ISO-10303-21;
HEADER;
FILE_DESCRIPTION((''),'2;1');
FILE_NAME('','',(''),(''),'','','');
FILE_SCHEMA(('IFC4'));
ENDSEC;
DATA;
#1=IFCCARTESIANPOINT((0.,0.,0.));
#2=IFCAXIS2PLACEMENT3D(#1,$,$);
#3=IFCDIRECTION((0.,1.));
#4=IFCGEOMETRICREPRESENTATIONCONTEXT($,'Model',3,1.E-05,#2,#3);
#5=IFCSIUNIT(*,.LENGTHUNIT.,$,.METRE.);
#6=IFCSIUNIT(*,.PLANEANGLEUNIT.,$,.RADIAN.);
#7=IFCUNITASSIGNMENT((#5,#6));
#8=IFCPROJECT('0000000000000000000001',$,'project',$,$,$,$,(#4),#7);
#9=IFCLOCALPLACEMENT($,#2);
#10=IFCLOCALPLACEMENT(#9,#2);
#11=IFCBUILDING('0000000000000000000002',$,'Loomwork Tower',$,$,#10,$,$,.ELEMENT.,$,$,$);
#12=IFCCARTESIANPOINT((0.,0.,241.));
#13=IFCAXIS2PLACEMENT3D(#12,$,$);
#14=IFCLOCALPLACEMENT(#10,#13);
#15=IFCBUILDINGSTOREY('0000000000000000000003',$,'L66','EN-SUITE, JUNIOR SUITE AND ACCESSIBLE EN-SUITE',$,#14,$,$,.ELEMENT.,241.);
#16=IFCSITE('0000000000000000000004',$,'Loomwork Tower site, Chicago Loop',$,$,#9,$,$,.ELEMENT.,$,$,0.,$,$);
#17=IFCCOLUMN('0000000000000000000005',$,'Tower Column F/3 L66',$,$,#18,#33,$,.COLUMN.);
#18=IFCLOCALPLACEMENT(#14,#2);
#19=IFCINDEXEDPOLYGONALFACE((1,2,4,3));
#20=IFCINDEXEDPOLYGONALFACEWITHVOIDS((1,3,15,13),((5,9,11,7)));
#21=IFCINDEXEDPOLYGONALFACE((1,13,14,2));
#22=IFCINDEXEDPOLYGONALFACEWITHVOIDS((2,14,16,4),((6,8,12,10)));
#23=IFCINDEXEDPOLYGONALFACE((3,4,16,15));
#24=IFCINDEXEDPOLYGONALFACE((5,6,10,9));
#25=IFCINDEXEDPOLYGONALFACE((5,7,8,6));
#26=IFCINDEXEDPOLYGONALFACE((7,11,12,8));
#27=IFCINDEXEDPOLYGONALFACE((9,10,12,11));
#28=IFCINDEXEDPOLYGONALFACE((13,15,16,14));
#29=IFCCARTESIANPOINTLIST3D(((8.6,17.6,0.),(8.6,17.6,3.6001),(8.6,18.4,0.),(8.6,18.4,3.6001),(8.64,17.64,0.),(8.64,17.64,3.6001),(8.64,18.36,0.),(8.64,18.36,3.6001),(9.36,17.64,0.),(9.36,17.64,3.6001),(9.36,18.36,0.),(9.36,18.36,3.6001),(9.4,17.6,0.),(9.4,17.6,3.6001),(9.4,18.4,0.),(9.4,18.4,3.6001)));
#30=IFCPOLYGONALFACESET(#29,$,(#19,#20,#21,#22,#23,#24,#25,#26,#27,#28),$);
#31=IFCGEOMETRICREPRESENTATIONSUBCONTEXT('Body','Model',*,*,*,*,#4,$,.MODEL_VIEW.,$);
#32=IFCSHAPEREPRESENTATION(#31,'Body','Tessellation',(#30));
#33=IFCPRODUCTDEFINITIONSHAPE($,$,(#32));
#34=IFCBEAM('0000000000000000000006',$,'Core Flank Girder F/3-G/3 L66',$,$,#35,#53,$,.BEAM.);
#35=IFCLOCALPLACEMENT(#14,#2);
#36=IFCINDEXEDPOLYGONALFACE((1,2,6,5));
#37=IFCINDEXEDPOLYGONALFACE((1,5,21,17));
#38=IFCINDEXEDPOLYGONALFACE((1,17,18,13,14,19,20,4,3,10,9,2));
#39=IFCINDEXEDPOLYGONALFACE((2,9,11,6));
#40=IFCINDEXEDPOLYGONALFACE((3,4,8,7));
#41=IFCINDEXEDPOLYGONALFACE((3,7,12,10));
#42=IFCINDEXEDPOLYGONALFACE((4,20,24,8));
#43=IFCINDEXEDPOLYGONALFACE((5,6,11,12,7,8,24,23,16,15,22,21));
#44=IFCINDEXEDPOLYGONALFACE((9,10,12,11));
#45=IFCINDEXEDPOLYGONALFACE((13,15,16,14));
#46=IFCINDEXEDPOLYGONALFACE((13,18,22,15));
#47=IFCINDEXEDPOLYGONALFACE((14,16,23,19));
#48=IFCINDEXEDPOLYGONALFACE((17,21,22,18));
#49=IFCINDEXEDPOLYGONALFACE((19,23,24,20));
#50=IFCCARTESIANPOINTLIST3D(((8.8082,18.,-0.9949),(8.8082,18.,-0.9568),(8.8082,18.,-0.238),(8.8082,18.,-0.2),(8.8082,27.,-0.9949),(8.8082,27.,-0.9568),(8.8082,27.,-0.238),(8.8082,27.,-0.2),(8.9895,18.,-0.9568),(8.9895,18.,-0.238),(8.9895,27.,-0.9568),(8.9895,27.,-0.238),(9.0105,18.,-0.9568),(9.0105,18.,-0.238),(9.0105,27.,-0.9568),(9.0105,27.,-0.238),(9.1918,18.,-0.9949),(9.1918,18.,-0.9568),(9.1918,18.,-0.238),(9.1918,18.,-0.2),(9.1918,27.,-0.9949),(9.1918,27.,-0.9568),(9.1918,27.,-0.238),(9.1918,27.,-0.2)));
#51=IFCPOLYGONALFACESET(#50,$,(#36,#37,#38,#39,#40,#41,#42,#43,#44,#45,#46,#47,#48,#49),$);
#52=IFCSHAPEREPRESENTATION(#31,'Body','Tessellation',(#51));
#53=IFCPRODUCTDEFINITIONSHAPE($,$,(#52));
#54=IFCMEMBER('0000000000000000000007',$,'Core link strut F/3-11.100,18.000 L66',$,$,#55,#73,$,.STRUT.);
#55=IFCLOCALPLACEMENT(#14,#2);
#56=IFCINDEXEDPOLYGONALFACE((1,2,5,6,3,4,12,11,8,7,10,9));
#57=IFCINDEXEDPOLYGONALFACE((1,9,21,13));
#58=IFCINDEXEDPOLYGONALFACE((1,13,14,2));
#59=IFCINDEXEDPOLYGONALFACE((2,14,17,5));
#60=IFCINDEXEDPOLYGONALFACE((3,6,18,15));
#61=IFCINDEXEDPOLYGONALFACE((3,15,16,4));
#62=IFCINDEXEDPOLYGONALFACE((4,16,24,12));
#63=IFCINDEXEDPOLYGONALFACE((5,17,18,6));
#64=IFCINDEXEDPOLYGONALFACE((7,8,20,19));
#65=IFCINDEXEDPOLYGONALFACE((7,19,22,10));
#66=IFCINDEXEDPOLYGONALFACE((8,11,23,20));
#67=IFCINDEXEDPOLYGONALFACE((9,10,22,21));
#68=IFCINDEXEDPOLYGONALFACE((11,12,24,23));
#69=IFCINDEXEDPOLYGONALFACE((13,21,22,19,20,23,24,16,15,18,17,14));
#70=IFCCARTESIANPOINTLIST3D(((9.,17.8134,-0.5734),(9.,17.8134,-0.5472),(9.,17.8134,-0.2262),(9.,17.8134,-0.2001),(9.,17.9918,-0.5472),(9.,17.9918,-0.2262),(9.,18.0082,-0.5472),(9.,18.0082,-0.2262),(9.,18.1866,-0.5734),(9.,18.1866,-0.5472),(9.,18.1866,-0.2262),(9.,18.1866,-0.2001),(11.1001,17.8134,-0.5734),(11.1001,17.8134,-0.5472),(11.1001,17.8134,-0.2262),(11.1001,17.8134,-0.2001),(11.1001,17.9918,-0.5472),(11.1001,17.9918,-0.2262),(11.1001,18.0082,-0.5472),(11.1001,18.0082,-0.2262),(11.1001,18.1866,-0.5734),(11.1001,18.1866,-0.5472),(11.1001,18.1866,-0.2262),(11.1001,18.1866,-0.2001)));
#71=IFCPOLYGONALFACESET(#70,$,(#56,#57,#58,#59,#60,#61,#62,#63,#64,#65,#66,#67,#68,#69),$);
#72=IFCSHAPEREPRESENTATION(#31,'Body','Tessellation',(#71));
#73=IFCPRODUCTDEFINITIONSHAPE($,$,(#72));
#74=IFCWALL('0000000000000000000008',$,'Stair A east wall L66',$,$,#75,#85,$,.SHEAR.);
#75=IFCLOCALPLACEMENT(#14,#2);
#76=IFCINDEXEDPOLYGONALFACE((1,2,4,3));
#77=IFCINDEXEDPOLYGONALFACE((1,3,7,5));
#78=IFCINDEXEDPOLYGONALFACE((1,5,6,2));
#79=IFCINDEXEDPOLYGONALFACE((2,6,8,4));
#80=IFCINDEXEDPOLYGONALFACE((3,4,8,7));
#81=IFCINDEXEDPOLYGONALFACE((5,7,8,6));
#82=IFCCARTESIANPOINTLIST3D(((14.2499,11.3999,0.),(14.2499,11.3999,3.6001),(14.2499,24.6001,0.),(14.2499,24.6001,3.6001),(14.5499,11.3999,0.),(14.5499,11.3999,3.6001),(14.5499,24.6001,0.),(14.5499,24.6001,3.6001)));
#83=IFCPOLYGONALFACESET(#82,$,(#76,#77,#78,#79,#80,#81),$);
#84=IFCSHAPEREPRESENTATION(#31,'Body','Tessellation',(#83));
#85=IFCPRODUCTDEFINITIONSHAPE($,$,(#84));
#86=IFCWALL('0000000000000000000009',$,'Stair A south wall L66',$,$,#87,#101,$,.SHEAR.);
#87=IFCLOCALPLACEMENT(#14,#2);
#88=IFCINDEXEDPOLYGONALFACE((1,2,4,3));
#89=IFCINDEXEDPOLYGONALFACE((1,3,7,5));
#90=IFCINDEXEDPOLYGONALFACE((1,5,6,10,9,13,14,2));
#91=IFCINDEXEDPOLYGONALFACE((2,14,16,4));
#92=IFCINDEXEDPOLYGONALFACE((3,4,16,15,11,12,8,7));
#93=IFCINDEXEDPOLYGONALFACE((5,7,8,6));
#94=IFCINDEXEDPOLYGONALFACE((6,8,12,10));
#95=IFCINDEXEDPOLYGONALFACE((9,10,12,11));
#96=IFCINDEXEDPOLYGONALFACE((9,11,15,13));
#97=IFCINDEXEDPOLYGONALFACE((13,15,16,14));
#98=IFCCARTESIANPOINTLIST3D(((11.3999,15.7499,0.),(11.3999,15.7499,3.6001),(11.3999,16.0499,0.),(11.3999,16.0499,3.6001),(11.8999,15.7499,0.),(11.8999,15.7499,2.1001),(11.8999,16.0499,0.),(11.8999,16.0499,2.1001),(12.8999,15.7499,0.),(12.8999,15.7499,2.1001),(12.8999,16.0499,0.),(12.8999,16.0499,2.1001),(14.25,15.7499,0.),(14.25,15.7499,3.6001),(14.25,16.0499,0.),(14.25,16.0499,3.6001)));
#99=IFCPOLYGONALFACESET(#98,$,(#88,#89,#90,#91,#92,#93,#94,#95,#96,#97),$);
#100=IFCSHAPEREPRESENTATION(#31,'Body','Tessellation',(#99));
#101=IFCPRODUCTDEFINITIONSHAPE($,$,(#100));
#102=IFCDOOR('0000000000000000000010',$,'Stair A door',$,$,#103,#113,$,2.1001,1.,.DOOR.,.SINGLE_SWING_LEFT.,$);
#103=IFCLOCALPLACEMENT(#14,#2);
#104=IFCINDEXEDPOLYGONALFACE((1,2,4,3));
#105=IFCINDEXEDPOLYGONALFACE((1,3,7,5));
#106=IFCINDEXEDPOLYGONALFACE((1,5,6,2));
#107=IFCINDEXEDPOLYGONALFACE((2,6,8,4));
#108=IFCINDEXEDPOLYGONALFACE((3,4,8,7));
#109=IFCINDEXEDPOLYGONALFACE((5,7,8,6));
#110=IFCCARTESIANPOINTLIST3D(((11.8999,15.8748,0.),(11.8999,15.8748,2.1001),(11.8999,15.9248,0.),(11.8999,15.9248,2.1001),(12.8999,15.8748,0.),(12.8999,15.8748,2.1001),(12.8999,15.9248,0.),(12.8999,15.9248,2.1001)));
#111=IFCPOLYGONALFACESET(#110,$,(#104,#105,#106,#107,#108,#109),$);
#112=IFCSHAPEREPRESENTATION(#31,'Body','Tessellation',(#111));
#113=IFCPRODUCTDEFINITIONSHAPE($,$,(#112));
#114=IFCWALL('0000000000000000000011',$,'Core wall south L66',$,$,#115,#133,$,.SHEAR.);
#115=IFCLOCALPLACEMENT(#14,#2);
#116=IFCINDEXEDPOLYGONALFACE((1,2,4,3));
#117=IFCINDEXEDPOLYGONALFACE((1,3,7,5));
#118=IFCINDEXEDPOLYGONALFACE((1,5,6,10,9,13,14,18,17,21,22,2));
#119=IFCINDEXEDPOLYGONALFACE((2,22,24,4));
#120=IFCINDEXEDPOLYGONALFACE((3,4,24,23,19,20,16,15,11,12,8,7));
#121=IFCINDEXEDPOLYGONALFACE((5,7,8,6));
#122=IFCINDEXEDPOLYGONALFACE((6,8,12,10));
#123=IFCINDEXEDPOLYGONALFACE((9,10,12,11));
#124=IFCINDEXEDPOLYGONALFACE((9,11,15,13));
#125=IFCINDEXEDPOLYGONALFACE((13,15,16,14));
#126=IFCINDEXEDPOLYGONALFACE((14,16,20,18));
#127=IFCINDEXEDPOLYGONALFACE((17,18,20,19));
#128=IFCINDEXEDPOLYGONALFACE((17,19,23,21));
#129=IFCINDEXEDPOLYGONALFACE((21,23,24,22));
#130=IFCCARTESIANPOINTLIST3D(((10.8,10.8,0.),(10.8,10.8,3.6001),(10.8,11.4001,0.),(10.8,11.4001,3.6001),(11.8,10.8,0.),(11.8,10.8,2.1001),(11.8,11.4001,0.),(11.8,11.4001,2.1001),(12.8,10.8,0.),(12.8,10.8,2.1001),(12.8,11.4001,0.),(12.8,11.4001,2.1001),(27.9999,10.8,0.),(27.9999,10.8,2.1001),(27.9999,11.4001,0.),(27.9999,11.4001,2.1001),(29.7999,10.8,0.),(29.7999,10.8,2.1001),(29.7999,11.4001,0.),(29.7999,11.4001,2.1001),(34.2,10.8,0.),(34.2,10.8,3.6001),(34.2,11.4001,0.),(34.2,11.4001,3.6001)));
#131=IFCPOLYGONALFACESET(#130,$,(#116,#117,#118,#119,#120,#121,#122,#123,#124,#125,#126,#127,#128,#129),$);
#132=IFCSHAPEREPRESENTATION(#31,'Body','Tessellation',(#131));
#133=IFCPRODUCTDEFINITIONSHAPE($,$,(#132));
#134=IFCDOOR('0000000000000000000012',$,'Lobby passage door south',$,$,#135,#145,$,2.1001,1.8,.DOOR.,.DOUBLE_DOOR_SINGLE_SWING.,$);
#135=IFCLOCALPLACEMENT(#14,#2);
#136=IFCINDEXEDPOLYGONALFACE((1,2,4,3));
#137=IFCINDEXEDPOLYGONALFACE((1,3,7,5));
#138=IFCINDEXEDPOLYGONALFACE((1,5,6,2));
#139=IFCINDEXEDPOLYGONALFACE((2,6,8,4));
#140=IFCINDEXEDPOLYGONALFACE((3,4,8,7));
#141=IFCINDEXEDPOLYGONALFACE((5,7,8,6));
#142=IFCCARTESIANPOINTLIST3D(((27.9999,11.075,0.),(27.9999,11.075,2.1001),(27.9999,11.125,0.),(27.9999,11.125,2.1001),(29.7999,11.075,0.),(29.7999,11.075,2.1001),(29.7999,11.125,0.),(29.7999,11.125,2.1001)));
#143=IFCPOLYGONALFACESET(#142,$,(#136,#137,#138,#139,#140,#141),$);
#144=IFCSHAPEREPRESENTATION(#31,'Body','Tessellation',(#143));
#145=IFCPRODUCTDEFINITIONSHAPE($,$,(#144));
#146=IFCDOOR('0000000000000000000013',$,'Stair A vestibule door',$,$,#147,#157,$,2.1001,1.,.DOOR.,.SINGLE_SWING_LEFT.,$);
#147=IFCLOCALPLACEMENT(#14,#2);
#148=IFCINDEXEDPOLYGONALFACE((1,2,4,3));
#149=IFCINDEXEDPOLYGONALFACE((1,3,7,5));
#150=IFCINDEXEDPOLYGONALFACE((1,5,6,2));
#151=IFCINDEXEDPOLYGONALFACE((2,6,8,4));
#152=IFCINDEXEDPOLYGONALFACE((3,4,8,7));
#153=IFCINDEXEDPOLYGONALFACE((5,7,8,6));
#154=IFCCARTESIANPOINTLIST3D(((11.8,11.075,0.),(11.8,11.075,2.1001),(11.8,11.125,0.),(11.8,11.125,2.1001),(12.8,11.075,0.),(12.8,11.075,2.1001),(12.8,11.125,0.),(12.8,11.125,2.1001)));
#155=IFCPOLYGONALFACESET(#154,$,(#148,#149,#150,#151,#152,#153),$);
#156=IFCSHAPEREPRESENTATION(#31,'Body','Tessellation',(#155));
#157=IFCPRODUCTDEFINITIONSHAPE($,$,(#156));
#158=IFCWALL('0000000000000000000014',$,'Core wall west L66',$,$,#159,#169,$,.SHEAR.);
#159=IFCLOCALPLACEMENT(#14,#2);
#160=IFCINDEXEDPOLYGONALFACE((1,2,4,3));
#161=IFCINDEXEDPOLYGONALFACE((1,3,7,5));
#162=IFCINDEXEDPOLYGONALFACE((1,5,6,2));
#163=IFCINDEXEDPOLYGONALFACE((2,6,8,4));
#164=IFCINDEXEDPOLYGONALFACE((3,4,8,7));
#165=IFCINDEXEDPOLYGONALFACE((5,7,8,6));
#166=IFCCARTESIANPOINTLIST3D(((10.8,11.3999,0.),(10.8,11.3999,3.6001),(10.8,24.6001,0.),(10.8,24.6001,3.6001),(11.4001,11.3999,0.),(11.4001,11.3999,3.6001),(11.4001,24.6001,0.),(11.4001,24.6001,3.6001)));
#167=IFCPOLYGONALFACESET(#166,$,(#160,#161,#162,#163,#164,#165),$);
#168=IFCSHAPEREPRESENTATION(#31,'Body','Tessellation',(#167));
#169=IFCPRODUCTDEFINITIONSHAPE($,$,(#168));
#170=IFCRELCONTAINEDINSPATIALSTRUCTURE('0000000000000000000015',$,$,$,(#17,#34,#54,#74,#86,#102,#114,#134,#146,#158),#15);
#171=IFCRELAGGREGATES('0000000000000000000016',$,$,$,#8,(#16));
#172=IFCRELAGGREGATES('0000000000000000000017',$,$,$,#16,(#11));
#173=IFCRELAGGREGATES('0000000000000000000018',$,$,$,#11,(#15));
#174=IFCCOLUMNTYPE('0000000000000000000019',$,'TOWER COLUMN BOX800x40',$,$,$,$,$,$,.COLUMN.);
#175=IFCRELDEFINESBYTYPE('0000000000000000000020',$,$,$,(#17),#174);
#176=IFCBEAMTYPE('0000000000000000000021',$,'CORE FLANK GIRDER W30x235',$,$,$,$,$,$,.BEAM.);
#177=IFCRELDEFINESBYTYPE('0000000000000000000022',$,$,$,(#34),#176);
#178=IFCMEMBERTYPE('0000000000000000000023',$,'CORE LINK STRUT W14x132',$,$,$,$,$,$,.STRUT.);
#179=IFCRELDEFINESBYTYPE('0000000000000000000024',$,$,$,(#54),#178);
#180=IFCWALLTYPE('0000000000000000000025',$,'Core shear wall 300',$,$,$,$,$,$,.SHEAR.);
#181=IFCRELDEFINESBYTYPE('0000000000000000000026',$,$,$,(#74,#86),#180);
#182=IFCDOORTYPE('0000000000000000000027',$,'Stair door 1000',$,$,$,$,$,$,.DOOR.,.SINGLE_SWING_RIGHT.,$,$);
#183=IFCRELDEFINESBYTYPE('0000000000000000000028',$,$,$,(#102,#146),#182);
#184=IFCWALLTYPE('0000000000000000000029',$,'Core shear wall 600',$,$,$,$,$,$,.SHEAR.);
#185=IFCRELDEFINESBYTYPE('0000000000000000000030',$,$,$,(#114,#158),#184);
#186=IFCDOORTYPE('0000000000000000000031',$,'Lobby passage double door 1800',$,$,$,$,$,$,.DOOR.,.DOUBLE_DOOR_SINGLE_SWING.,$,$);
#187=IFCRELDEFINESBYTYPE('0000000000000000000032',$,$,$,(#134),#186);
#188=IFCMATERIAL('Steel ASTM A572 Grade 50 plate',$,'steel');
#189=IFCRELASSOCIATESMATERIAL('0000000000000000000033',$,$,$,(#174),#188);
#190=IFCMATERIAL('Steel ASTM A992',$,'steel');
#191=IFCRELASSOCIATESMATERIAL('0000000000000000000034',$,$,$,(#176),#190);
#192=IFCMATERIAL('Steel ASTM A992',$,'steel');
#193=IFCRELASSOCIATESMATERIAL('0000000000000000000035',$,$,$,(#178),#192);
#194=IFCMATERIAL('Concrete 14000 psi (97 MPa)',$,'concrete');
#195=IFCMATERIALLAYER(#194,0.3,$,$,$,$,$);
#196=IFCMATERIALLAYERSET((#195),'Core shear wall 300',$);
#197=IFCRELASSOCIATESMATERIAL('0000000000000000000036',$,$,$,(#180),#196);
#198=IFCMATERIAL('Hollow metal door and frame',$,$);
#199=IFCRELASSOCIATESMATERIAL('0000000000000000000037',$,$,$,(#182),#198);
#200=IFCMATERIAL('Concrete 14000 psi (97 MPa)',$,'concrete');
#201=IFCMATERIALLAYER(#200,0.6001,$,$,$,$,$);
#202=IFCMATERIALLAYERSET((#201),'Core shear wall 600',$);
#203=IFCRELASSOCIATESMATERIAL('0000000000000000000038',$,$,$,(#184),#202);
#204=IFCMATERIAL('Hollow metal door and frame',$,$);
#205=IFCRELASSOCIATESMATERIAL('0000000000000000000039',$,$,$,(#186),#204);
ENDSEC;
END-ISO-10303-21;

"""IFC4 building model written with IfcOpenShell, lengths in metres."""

from ifc_helpers import new_model, si_unit, direction, frame, frame_2d, origin, origin_2d, place, context, subcontext, project, spatial, rectangle, hollow_rectangle, i_section, extrude, material, layer, layer_set, material_profile, profile_set, type_object, element, fill, save


model = new_model("IFC4")

# Units and contexts
model_context = context("Model", 3, precision=1e-05, world=origin(), true_north=direction((0.0, 1.0)))
body_context = subcontext(model_context, "Body", "Model", "MODEL_VIEW")
ifc_project = project(units=[si_unit("LENGTHUNIT", "METRE"), si_unit("PLANEANGLEUNIT", "RADIAN")], contexts=[model_context])

# Site, building, storey
site_placement = place(None, origin())
site = spatial("IfcSite", under=ifc_project, at=site_placement, Name="Loomwork Tower site, Chicago Loop", CompositionType="ELEMENT", RefElevation=0.0)
building_placement = place(site_placement, origin())
building = spatial("IfcBuilding", under=site, at=building_placement, Name="Loomwork Tower", CompositionType="ELEMENT")
storey_placement = place(building_placement, frame((0.0, 0.0, 241.0)))
storey = spatial("IfcBuildingStorey", under=building, at=storey_placement, Name="L66", Description="EN-SUITE, JUNIOR SUITE AND ACCESSIBLE EN-SUITE", CompositionType="ELEMENT", Elevation=241.0)

# Column
ifc_material_1 = material(Name="Steel ASTM A572 Grade 50 plate", Category="steel")
ifc_material_profile_1 = material_profile(ifc_material_1, hollow_rectangle(XDim=0.8, YDim=0.8, WallThickness=0.04, at=origin_2d()), Name="BOX800x40")
ifc_profile_set_1 = profile_set([ifc_material_profile_1], Name="Steel ASTM A572 Grade 50 plate")
column_type = type_object("IfcColumnType", Name="TOWER COLUMN BOX800x40", PredefinedType="COLUMN", material=ifc_profile_set_1)
column_placement = place(storey_placement, frame((9.0, 18.0, 0.0), z_axis=(0.0, 0.0, 1.0), x_axis=(1.0, 0.0, 0.0)))
element("IfcColumn", 1, at=column_placement, inside=storey, type_object=column_type, Name="Tower Column F/3 L66", PredefinedType="COLUMN", context=body_context, shape_type="SweptSolid", body=[
    extrude(hollow_rectangle(XDim=0.8, YDim=0.8, WallThickness=0.04, at=origin_2d()), origin(), (0.0, 0.0, 1.0), 3.6001),
])

# Beam
ifc_material_2 = material(Name="Steel ASTM A992", Category="steel")
ifc_material_profile_2 = material_profile(ifc_material_2, i_section(OverallWidth=0.3835, OverallDepth=0.7949, WebThickness=0.021, FlangeThickness=0.0381, at=origin_2d()), Name="W30x235")
ifc_profile_set_2 = profile_set([ifc_material_profile_2], Name="Steel ASTM A992")
beam_type = type_object("IfcBeamType", Name="CORE FLANK GIRDER W30x235", PredefinedType="BEAM", material=ifc_profile_set_2)
beam_placement = place(storey_placement, frame((9.0, 18.0, -0.5974), z_axis=(0.0, 1.0, 0.0), x_axis=(-1.0, 0.0, 0.0)))
element("IfcBeam", 2, at=beam_placement, inside=storey, type_object=beam_type, Name="Core Flank Girder F/3-G/3 L66", PredefinedType="BEAM", context=body_context, shape_type="SweptSolid", body=[
    extrude(i_section(OverallWidth=0.3835, OverallDepth=0.7949, WebThickness=0.021, FlangeThickness=0.0381, at=origin_2d()), origin(), (0.0, 0.0, 1.0), 9.0),
])

# Member
ifc_material_3 = material(Name="Steel ASTM A992", Category="steel")
ifc_material_profile_3 = material_profile(ifc_material_3, i_section(OverallWidth=0.3733, OverallDepth=0.3733, WebThickness=0.0164, FlangeThickness=0.0261, at=origin_2d()), Name="W14x132")
ifc_profile_set_3 = profile_set([ifc_material_profile_3], Name="Steel ASTM A992")
member_type = type_object("IfcMemberType", Name="CORE LINK STRUT W14x132", PredefinedType="STRUT", material=ifc_profile_set_3)
member_placement = place(storey_placement, frame((9.0, 18.0, -0.3867), z_axis=(1.0, 0.0, 0.0), x_axis=(0.0, 1.0, 0.0)))
element("IfcMember", 3, at=member_placement, inside=storey, type_object=member_type, Name="Core link strut F/3-11.100,18.000 L66", PredefinedType="STRUT", context=body_context, shape_type="SweptSolid", body=[
    extrude(i_section(OverallWidth=0.3733, OverallDepth=0.3733, WebThickness=0.0164, FlangeThickness=0.0261, at=origin_2d()), origin(), (0.0, 0.0, 1.0), 2.1001),
])

# Wall
ifc_material_4 = material(Name="Concrete 14000 psi (97 MPa)", Category="concrete")
ifc_layer_1 = layer(ifc_material_4, 0.3)
ifc_layer_set_1 = layer_set([ifc_layer_1], Name="Core shear wall 300")
wall_type_1 = type_object("IfcWallType", Name="Core shear wall 300", PredefinedType="SHEAR", material=ifc_layer_set_1)
wall_1_placement = place(storey_placement, frame((14.3999, 11.3999, 0.0), z_axis=(0.0, 0.0, 1.0), x_axis=(0.0, 1.0, 0.0)))
element("IfcWall", 4, at=wall_1_placement, inside=storey, type_object=wall_type_1, Name="Stair A east wall L66", PredefinedType="SHEAR", context=body_context, shape_type="SweptSolid", body=[
    extrude(rectangle(XDim=13.2002, YDim=0.3, at=frame_2d((6.6001, 0.0))), origin(), (0.0, 0.0, 1.0), 3.6001),
])

# Wall, opening, door
wall_2_placement = place(storey_placement, frame((11.3999, 15.8999, 0.0), z_axis=(0.0, 0.0, 1.0), x_axis=(1.0, 0.0, 0.0)))
wall_2 = element("IfcWall", 5, at=wall_2_placement, inside=storey, type_object=wall_type_1, Name="Stair A south wall L66", PredefinedType="SHEAR", context=body_context, shape_type="SweptSolid", body=[
    extrude(rectangle(XDim=2.8501, YDim=0.3, at=frame_2d((1.425, 0.0))), origin(), (0.0, 0.0, 1.0), 3.6001),
])
opening_1_placement = place(wall_2_placement, frame((0.5, 0.0, 0.0)))
opening_1 = element("IfcOpeningElement", 6, at=opening_1_placement, cuts=wall_2, PredefinedType="OPENING", context=body_context, shape_type="SweptSolid", body=[
    extrude(rectangle(XDim=1.0, YDim=2.1001, at=frame_2d((0.5, 1.05))), frame((0.0, 0.1599, 0.0), z_axis=(0.0, -1.0, 0.0), x_axis=(1.0, 0.0, 0.0)), (0.0, 0.0, 1.0), 0.3201),
])
ifc_material_5 = material(Name="Hollow metal door and frame")
door_type_1 = type_object("IfcDoorType", Name="Stair door 1000", OperationType="SINGLE_SWING_RIGHT", PredefinedType="DOOR", material=ifc_material_5)
door_1_placement = place(opening_1_placement, origin())
door_1 = element("IfcDoor", 7, at=door_1_placement, inside=storey, type_object=door_type_1, Name="Stair A door", OperationType="SINGLE_SWING_LEFT", OverallHeight=2.1001, OverallWidth=1.0, PredefinedType="DOOR", context=body_context, shape_type="SweptSolid", body=[
    extrude(rectangle(XDim=1.0, YDim=2.1001, at=frame_2d((0.5, 1.05))), frame((0.0, 0.0249, 0.0), z_axis=(0.0, -1.0, 0.0), x_axis=(1.0, 0.0, 0.0)), (0.0, 0.0, 1.0), 0.05),
])
fill(opening_1, door_1)

# Wall, openings, doors
ifc_material_6 = material(Name="Concrete 14000 psi (97 MPa)", Category="concrete")
ifc_layer_2 = layer(ifc_material_6, 0.6001)
ifc_layer_set_2 = layer_set([ifc_layer_2], Name="Core shear wall 600")
wall_type_2 = type_object("IfcWallType", Name="Core shear wall 600", PredefinedType="SHEAR", material=ifc_layer_set_2)
wall_3_placement = place(storey_placement, frame((10.8, 11.1001, 0.0), z_axis=(0.0, 0.0, 1.0), x_axis=(1.0, 0.0, 0.0)))
wall_3 = element("IfcWall", 8, at=wall_3_placement, inside=storey, type_object=wall_type_2, Name="Core wall south L66", PredefinedType="SHEAR", context=body_context, shape_type="SweptSolid", body=[
    extrude(rectangle(XDim=23.3999, YDim=0.6001, at=frame_2d((11.7, 0.0))), origin(), (0.0, 0.0, 1.0), 3.6001),
])
opening_2_placement = place(wall_3_placement, frame((1.0, 0.0, 0.0)))
opening_2 = element("IfcOpeningElement", 9, at=opening_2_placement, cuts=wall_3, PredefinedType="OPENING", context=body_context, shape_type="SweptSolid", body=[
    extrude(rectangle(XDim=1.0, YDim=2.1001, at=frame_2d((0.5, 1.05))), frame((0.0, 0.3101, 0.0), z_axis=(0.0, -1.0, 0.0), x_axis=(1.0, 0.0, 0.0)), (0.0, 0.0, 1.0), 0.6201),
])
opening_3_placement = place(wall_3_placement, frame((17.2, 0.0, 0.0)))
opening_3 = element("IfcOpeningElement", 10, at=opening_3_placement, cuts=wall_3, PredefinedType="OPENING", context=body_context, shape_type="SweptSolid", body=[
    extrude(rectangle(XDim=1.8, YDim=2.1001, at=frame_2d((0.8999, 1.05))), frame((0.0, 0.3101, 0.0), z_axis=(0.0, -1.0, 0.0), x_axis=(1.0, 0.0, 0.0)), (0.0, 0.0, 1.0), 0.6201),
])
ifc_material_7 = material(Name="Hollow metal door and frame")
door_type_2 = type_object("IfcDoorType", Name="Lobby passage double door 1800", OperationType="DOUBLE_DOOR_SINGLE_SWING", PredefinedType="DOOR", material=ifc_material_7)
door_2_placement = place(opening_3_placement, origin())
door_2 = element("IfcDoor", 11, at=door_2_placement, inside=storey, type_object=door_type_2, Name="Lobby passage door south", OperationType="DOUBLE_DOOR_SINGLE_SWING", OverallHeight=2.1001, OverallWidth=1.8, PredefinedType="DOOR", context=body_context, shape_type="SweptSolid", body=[
    extrude(rectangle(XDim=1.8, YDim=2.1001, at=frame_2d((0.8999, 1.05))), frame((0.0, 0.0249, 0.0), z_axis=(0.0, -1.0, 0.0), x_axis=(1.0, 0.0, 0.0)), (0.0, 0.0, 1.0), 0.05),
])
fill(opening_3, door_2)
door_3_placement = place(opening_2_placement, origin())
door_3 = element("IfcDoor", 12, at=door_3_placement, inside=storey, type_object=door_type_1, Name="Stair A vestibule door", OperationType="SINGLE_SWING_LEFT", OverallHeight=2.1001, OverallWidth=1.0, PredefinedType="DOOR", context=body_context, shape_type="SweptSolid", body=[
    extrude(rectangle(XDim=1.0, YDim=2.1001, at=frame_2d((0.5, 1.05))), frame((0.0, 0.0249, 0.0), z_axis=(0.0, -1.0, 0.0), x_axis=(1.0, 0.0, 0.0)), (0.0, 0.0, 1.0), 0.05),
])
fill(opening_2, door_3)

# Wall
wall_4_placement = place(storey_placement, frame((11.1001, 11.3999, 0.0), z_axis=(0.0, 0.0, 1.0), x_axis=(0.0, 1.0, 0.0)))
element("IfcWall", 13, at=wall_4_placement, inside=storey, type_object=wall_type_2, Name="Core wall west L66", PredefinedType="SHEAR", context=body_context, shape_type="SweptSolid", body=[
    extrude(rectangle(XDim=13.2002, YDim=0.6001, at=frame_2d((6.6001, 0.0))), origin(), (0.0, 0.0, 1.0), 3.6001),
])

save(model, "model.ifc")
